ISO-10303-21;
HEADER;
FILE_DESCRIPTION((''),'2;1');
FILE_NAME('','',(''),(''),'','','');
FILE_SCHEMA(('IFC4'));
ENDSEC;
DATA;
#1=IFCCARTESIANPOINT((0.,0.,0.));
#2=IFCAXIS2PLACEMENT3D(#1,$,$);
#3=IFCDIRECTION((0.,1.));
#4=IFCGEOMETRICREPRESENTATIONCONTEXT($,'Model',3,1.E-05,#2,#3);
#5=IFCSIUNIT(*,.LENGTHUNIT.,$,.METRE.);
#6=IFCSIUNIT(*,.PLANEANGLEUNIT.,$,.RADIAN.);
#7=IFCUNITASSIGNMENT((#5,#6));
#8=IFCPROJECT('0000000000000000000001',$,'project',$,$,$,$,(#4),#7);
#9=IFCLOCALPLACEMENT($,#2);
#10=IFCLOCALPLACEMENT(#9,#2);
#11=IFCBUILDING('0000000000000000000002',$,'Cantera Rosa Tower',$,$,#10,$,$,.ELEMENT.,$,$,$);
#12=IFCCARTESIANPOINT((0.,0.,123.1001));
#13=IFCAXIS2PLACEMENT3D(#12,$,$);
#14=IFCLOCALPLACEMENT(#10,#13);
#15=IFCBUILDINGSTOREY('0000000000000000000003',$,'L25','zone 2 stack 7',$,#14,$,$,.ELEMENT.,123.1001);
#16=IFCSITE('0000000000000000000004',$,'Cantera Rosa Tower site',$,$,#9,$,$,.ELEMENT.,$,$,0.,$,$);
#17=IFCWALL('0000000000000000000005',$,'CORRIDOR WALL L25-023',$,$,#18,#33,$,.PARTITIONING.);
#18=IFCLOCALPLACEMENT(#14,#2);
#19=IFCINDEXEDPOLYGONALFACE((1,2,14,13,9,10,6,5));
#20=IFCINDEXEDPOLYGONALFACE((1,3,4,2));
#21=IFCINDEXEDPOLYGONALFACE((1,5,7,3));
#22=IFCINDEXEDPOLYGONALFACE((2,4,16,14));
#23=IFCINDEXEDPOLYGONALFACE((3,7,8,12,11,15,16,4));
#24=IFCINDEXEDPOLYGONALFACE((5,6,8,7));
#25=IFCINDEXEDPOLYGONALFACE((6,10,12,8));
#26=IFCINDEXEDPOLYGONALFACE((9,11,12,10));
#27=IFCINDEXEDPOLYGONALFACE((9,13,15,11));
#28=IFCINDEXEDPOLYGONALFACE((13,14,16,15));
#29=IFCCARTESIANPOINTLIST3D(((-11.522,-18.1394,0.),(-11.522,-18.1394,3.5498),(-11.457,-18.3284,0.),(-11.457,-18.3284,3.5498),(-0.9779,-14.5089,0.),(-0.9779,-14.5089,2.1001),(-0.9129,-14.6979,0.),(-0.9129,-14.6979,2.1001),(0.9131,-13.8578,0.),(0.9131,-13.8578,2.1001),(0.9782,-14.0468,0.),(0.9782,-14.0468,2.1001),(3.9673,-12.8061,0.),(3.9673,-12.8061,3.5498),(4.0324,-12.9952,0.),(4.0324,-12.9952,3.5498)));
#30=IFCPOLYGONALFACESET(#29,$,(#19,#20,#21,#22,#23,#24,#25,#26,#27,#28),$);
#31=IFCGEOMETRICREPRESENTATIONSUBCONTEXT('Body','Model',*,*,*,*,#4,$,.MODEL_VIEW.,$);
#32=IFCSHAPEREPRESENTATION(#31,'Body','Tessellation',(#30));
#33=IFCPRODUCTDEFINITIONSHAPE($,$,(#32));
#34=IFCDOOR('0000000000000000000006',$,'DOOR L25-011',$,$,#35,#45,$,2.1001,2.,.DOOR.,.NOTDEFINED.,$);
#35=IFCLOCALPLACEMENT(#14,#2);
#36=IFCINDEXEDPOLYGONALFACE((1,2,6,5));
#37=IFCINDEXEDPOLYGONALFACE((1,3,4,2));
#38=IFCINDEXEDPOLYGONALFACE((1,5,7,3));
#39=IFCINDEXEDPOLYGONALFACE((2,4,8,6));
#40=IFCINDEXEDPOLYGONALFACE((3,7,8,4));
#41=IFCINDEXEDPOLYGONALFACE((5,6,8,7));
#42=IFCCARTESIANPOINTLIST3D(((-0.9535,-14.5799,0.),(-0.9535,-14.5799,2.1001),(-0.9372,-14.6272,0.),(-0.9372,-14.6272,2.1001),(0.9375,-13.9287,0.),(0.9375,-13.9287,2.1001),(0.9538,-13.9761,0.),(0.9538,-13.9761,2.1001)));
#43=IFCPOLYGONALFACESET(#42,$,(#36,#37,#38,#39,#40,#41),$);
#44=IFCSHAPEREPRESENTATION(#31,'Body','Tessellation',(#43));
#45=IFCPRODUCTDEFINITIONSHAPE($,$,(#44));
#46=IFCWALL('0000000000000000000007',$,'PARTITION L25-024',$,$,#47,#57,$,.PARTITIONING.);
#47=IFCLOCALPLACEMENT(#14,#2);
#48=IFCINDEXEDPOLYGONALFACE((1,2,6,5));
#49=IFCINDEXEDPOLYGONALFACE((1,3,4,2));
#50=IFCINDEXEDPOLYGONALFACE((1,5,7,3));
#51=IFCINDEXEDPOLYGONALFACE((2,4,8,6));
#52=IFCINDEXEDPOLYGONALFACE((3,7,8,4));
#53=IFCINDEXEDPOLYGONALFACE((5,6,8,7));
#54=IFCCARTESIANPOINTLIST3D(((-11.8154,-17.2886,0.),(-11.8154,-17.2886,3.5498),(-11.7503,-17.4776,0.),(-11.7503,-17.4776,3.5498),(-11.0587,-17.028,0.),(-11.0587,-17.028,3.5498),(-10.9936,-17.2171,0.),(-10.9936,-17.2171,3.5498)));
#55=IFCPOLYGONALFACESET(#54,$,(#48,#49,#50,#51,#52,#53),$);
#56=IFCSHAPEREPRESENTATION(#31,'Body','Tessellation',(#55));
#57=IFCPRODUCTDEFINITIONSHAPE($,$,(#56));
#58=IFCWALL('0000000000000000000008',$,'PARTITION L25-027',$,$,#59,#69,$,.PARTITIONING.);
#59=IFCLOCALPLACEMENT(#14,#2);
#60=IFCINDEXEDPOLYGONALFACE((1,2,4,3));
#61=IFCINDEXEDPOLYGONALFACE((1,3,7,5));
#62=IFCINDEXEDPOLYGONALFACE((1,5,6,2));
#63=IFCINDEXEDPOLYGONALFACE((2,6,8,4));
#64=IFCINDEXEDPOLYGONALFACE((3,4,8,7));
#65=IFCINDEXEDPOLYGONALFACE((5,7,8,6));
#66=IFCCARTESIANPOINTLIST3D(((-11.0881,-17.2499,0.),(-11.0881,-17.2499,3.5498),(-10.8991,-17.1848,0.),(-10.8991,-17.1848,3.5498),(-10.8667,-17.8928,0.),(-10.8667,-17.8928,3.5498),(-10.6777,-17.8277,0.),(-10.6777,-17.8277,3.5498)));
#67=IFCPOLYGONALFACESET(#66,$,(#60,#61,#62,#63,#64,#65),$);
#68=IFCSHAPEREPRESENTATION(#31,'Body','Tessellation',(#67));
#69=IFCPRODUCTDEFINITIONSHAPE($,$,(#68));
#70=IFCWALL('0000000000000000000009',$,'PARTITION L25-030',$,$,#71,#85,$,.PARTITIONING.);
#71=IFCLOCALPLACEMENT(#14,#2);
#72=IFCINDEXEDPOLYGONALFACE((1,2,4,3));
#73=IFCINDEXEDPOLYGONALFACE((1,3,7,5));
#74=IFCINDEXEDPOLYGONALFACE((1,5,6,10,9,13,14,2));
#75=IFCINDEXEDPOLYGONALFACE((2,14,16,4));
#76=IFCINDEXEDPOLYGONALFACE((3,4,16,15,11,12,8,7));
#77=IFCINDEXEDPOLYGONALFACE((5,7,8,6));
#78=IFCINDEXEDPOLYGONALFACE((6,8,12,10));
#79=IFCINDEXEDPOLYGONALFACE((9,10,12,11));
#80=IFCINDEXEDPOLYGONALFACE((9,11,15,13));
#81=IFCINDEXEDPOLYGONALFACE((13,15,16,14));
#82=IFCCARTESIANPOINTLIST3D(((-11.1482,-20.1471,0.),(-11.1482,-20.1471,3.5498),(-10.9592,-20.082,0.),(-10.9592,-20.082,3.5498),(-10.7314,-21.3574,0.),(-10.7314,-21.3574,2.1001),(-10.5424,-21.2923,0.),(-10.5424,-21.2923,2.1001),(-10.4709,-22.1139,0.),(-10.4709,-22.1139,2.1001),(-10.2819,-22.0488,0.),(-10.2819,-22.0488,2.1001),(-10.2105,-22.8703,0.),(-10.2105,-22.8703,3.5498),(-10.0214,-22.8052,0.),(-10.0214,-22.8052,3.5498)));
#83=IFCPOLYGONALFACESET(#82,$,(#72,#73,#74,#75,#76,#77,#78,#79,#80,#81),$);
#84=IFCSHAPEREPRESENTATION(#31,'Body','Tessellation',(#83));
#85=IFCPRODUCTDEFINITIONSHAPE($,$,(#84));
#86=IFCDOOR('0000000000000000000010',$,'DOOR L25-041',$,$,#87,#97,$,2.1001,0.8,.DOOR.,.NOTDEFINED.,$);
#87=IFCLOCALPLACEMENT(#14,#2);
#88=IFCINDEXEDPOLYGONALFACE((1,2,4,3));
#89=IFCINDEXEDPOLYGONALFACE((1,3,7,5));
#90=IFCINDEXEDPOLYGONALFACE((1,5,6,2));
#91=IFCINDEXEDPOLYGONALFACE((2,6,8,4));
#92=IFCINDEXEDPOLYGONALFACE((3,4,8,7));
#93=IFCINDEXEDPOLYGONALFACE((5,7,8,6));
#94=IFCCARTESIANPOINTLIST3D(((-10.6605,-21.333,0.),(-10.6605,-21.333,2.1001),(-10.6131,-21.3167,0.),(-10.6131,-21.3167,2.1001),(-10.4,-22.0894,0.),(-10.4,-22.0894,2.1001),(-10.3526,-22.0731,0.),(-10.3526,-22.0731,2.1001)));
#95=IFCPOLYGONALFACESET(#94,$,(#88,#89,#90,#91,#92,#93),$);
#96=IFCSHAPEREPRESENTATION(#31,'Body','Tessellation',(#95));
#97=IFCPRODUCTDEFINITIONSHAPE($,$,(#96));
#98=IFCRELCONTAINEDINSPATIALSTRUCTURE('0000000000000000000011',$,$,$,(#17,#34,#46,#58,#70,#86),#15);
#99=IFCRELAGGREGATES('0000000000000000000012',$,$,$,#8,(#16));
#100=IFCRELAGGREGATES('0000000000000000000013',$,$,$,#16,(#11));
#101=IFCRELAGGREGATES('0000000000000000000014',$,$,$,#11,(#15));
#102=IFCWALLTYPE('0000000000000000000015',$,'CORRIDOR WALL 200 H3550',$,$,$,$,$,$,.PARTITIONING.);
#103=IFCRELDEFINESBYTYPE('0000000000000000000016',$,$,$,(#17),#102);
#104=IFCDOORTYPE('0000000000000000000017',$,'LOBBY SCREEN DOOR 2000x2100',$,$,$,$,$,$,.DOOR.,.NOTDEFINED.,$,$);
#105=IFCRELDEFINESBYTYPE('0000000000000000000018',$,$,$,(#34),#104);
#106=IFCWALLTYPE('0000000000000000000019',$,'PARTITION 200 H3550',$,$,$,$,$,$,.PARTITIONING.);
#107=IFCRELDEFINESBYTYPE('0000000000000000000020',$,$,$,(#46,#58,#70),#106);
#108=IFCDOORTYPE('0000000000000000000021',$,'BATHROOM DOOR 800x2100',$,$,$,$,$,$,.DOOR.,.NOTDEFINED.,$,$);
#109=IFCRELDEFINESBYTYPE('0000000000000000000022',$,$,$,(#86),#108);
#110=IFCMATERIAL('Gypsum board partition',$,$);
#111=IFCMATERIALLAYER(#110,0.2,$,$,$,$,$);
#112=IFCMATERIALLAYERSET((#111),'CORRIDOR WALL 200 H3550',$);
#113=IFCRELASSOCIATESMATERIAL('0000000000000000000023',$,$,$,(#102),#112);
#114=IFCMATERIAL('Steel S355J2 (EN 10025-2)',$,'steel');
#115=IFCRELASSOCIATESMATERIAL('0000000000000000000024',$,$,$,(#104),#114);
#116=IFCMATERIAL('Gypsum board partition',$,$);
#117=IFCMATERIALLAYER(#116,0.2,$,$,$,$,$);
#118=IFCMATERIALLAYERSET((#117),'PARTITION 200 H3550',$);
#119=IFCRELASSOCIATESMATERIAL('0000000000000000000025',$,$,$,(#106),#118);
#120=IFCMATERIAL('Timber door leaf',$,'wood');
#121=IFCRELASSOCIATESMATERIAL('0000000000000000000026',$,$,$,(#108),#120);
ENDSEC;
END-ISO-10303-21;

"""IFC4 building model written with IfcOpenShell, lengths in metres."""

from ifc_helpers import new_model, si_unit, direction, frame, frame_2d, origin, place, context, subcontext, project, spatial, rectangle, extrude, material, layer, layer_set, type_object, element, fill, save


model = new_model("IFC4")

# Units and contexts
model_context = context("Model", 3, precision=1e-05, world=origin(), true_north=direction((0.0, 1.0)))
body_context = subcontext(model_context, "Body", "Model", "MODEL_VIEW")
ifc_project = project(units=[si_unit("LENGTHUNIT", "METRE"), si_unit("PLANEANGLEUNIT", "RADIAN")], contexts=[model_context])

# Site, building, storey
site_placement = place(None, origin())
site = spatial("IfcSite", under=ifc_project, at=site_placement, Name="Cantera Rosa Tower site", CompositionType="ELEMENT", RefElevation=0.0)
building_placement = place(site_placement, origin())
building = spatial("IfcBuilding", under=site, at=building_placement, Name="Cantera Rosa Tower", CompositionType="ELEMENT")
storey_placement = place(building_placement, frame((0.0, 0.0, 123.1001)))
storey = spatial("IfcBuildingStorey", under=building, at=storey_placement, Name="L25", Description="zone 2 stack 7", CompositionType="ELEMENT", Elevation=123.1001)

# Shared definitions
ifc_material_1 = material(Name="Gypsum board partition")
ifc_layer_1 = layer(ifc_material_1, 0.2)
ifc_layer_set_1 = layer_set([ifc_layer_1], Name="CORRIDOR WALL 200 H3550")
wall_type_1 = type_object("IfcWallType", Name="CORRIDOR WALL 200 H3550", PredefinedType="PARTITIONING", material=ifc_layer_set_1)

# Wall, opening, door
wall_1_placement = place(storey_placement, frame((-11.4895, -18.2339, 0.0), z_axis=(0.0, 0.0, 1.0), x_axis=(0.945523, 0.325557, 0.0)))
wall_1 = element("IfcWall", 1, at=wall_1_placement, inside=storey, type_object=wall_type_1, Name="CORRIDOR WALL L25-023", PredefinedType="PARTITIONING", context=body_context, shape_type="SweptSolid", body=[
    extrude(rectangle(XDim=16.3818, YDim=0.2, at=frame_2d((8.1909, 0.0))), origin(), (0.0, 0.0, 1.0), 3.5498),
])
opening_1_placement = place(wall_1_placement, frame((11.1516, 0.0, 0.0)))
opening_1 = element("IfcOpeningElement", 2, at=opening_1_placement, cuts=wall_1, PredefinedType="OPENING", context=body_context, shape_type="SweptSolid", body=[
    extrude(rectangle(XDim=2.0, YDim=2.1001, at=frame_2d((1.0, 1.05))), frame((0.0, 0.1099, 0.0), z_axis=(0.0, -1.0, 0.0), x_axis=(1.0, 0.0, 0.0)), (0.0, 0.0, 1.0), 0.22),
])
ifc_material_2 = material(Name="Steel S355J2 (EN 10025-2)", Category="steel")
door_type_1 = type_object("IfcDoorType", Name="LOBBY SCREEN DOOR 2000x2100", OperationType="NOTDEFINED", PredefinedType="DOOR", material=ifc_material_2)
door_1_placement = place(opening_1_placement, origin())
door_1 = element("IfcDoor", 3, at=door_1_placement, inside=storey, type_object=door_type_1, Name="DOOR L25-011", OperationType="NOTDEFINED", OverallHeight=2.1001, OverallWidth=2.0, PredefinedType="DOOR", context=body_context, shape_type="SweptSolid", body=[
    extrude(rectangle(XDim=2.0, YDim=2.1001, at=frame_2d((1.0, 1.05))), frame((0.0, 0.0249, 0.0), z_axis=(0.0, -1.0, 0.0), x_axis=(1.0, 0.0, 0.0)), (0.0, 0.0, 1.0), 0.05),
])
fill(opening_1, door_1)

# Walls
ifc_material_3 = material(Name="Gypsum board partition")
ifc_layer_2 = layer(ifc_material_3, 0.2)
ifc_layer_set_2 = layer_set([ifc_layer_2], Name="PARTITION 200 H3550")
wall_type_2 = type_object("IfcWallType", Name="PARTITION 200 H3550", PredefinedType="PARTITIONING", material=ifc_layer_set_2)
wall_2_placement = place(storey_placement, frame((-11.0261, -17.1226, 0.0), z_axis=(0.0, 0.0, 1.0), x_axis=(-0.945525, -0.325549, 0.0)))
element("IfcWall", 4, at=wall_2_placement, inside=storey, type_object=wall_type_2, Name="PARTITION L25-024", PredefinedType="PARTITIONING", context=body_context, shape_type="SweptSolid", body=[
    extrude(rectangle(XDim=0.8003, YDim=0.2, at=frame_2d((0.4001, 0.0))), origin(), (0.0, 0.0, 1.0), 3.5498),
])
wall_3_placement = place(storey_placement, frame((-10.7722, -17.8601, 0.0), z_axis=(0.0, 0.0, 1.0), x_axis=(-0.325692, 0.945476, 0.0)))
element("IfcWall", 5, at=wall_3_placement, inside=storey, type_object=wall_type_2, Name="PARTITION L25-027", PredefinedType="PARTITIONING", context=body_context, shape_type="SweptSolid", body=[
    extrude(rectangle(XDim=0.6799, YDim=0.2, at=frame_2d((0.3398, 0.0))), origin(), (0.0, 0.0, 1.0), 3.5498),
])

# Wall, opening, door
wall_4_placement = place(storey_placement, frame((-10.116, -22.8376, 0.0), z_axis=(0.0, 0.0, 1.0), x_axis=(-0.325596, 0.945509, 0.0)))
wall_4 = element("IfcWall", 6, at=wall_4_placement, inside=storey, type_object=wall_type_2, Name="PARTITION L25-030", PredefinedType="PARTITIONING", context=body_context, shape_type="SweptSolid", body=[
    extrude(rectangle(XDim=2.8801, YDim=0.2, at=frame_2d((1.4399, 0.0))), origin(), (0.0, 0.0, 1.0), 3.5498),
])
opening_2_placement = place(wall_4_placement, frame((0.8, 0.0, 0.0)))
opening_2 = element("IfcOpeningElement", 7, at=opening_2_placement, cuts=wall_4, PredefinedType="OPENING", context=body_context, shape_type="SweptSolid", body=[
    extrude(rectangle(XDim=0.8, YDim=2.1001, at=frame_2d((0.3999, 1.05))), frame((0.0, 0.1099, 0.0), z_axis=(0.0, -1.0, 0.0), x_axis=(1.0, 0.0, 0.0)), (0.0, 0.0, 1.0), 0.22),
])
ifc_material_4 = material(Name="Timber door leaf", Category="wood")
door_type_2 = type_object("IfcDoorType", Name="BATHROOM DOOR 800x2100", OperationType="NOTDEFINED", PredefinedType="DOOR", material=ifc_material_4)
door_2_placement = place(opening_2_placement, origin())
door_2 = element("IfcDoor", 8, at=door_2_placement, inside=storey, type_object=door_type_2, Name="DOOR L25-041", OperationType="NOTDEFINED", OverallHeight=2.1001, OverallWidth=0.8, PredefinedType="DOOR", context=body_context, shape_type="SweptSolid", body=[
    extrude(rectangle(XDim=0.8, YDim=2.1001, at=frame_2d((0.3999, 1.05))), frame((0.0, 0.0249, 0.0), z_axis=(0.0, -1.0, 0.0), x_axis=(1.0, 0.0, 0.0)), (0.0, 0.0, 1.0), 0.05),
])
fill(opening_2, door_2)

save(model, "model.ifc")
